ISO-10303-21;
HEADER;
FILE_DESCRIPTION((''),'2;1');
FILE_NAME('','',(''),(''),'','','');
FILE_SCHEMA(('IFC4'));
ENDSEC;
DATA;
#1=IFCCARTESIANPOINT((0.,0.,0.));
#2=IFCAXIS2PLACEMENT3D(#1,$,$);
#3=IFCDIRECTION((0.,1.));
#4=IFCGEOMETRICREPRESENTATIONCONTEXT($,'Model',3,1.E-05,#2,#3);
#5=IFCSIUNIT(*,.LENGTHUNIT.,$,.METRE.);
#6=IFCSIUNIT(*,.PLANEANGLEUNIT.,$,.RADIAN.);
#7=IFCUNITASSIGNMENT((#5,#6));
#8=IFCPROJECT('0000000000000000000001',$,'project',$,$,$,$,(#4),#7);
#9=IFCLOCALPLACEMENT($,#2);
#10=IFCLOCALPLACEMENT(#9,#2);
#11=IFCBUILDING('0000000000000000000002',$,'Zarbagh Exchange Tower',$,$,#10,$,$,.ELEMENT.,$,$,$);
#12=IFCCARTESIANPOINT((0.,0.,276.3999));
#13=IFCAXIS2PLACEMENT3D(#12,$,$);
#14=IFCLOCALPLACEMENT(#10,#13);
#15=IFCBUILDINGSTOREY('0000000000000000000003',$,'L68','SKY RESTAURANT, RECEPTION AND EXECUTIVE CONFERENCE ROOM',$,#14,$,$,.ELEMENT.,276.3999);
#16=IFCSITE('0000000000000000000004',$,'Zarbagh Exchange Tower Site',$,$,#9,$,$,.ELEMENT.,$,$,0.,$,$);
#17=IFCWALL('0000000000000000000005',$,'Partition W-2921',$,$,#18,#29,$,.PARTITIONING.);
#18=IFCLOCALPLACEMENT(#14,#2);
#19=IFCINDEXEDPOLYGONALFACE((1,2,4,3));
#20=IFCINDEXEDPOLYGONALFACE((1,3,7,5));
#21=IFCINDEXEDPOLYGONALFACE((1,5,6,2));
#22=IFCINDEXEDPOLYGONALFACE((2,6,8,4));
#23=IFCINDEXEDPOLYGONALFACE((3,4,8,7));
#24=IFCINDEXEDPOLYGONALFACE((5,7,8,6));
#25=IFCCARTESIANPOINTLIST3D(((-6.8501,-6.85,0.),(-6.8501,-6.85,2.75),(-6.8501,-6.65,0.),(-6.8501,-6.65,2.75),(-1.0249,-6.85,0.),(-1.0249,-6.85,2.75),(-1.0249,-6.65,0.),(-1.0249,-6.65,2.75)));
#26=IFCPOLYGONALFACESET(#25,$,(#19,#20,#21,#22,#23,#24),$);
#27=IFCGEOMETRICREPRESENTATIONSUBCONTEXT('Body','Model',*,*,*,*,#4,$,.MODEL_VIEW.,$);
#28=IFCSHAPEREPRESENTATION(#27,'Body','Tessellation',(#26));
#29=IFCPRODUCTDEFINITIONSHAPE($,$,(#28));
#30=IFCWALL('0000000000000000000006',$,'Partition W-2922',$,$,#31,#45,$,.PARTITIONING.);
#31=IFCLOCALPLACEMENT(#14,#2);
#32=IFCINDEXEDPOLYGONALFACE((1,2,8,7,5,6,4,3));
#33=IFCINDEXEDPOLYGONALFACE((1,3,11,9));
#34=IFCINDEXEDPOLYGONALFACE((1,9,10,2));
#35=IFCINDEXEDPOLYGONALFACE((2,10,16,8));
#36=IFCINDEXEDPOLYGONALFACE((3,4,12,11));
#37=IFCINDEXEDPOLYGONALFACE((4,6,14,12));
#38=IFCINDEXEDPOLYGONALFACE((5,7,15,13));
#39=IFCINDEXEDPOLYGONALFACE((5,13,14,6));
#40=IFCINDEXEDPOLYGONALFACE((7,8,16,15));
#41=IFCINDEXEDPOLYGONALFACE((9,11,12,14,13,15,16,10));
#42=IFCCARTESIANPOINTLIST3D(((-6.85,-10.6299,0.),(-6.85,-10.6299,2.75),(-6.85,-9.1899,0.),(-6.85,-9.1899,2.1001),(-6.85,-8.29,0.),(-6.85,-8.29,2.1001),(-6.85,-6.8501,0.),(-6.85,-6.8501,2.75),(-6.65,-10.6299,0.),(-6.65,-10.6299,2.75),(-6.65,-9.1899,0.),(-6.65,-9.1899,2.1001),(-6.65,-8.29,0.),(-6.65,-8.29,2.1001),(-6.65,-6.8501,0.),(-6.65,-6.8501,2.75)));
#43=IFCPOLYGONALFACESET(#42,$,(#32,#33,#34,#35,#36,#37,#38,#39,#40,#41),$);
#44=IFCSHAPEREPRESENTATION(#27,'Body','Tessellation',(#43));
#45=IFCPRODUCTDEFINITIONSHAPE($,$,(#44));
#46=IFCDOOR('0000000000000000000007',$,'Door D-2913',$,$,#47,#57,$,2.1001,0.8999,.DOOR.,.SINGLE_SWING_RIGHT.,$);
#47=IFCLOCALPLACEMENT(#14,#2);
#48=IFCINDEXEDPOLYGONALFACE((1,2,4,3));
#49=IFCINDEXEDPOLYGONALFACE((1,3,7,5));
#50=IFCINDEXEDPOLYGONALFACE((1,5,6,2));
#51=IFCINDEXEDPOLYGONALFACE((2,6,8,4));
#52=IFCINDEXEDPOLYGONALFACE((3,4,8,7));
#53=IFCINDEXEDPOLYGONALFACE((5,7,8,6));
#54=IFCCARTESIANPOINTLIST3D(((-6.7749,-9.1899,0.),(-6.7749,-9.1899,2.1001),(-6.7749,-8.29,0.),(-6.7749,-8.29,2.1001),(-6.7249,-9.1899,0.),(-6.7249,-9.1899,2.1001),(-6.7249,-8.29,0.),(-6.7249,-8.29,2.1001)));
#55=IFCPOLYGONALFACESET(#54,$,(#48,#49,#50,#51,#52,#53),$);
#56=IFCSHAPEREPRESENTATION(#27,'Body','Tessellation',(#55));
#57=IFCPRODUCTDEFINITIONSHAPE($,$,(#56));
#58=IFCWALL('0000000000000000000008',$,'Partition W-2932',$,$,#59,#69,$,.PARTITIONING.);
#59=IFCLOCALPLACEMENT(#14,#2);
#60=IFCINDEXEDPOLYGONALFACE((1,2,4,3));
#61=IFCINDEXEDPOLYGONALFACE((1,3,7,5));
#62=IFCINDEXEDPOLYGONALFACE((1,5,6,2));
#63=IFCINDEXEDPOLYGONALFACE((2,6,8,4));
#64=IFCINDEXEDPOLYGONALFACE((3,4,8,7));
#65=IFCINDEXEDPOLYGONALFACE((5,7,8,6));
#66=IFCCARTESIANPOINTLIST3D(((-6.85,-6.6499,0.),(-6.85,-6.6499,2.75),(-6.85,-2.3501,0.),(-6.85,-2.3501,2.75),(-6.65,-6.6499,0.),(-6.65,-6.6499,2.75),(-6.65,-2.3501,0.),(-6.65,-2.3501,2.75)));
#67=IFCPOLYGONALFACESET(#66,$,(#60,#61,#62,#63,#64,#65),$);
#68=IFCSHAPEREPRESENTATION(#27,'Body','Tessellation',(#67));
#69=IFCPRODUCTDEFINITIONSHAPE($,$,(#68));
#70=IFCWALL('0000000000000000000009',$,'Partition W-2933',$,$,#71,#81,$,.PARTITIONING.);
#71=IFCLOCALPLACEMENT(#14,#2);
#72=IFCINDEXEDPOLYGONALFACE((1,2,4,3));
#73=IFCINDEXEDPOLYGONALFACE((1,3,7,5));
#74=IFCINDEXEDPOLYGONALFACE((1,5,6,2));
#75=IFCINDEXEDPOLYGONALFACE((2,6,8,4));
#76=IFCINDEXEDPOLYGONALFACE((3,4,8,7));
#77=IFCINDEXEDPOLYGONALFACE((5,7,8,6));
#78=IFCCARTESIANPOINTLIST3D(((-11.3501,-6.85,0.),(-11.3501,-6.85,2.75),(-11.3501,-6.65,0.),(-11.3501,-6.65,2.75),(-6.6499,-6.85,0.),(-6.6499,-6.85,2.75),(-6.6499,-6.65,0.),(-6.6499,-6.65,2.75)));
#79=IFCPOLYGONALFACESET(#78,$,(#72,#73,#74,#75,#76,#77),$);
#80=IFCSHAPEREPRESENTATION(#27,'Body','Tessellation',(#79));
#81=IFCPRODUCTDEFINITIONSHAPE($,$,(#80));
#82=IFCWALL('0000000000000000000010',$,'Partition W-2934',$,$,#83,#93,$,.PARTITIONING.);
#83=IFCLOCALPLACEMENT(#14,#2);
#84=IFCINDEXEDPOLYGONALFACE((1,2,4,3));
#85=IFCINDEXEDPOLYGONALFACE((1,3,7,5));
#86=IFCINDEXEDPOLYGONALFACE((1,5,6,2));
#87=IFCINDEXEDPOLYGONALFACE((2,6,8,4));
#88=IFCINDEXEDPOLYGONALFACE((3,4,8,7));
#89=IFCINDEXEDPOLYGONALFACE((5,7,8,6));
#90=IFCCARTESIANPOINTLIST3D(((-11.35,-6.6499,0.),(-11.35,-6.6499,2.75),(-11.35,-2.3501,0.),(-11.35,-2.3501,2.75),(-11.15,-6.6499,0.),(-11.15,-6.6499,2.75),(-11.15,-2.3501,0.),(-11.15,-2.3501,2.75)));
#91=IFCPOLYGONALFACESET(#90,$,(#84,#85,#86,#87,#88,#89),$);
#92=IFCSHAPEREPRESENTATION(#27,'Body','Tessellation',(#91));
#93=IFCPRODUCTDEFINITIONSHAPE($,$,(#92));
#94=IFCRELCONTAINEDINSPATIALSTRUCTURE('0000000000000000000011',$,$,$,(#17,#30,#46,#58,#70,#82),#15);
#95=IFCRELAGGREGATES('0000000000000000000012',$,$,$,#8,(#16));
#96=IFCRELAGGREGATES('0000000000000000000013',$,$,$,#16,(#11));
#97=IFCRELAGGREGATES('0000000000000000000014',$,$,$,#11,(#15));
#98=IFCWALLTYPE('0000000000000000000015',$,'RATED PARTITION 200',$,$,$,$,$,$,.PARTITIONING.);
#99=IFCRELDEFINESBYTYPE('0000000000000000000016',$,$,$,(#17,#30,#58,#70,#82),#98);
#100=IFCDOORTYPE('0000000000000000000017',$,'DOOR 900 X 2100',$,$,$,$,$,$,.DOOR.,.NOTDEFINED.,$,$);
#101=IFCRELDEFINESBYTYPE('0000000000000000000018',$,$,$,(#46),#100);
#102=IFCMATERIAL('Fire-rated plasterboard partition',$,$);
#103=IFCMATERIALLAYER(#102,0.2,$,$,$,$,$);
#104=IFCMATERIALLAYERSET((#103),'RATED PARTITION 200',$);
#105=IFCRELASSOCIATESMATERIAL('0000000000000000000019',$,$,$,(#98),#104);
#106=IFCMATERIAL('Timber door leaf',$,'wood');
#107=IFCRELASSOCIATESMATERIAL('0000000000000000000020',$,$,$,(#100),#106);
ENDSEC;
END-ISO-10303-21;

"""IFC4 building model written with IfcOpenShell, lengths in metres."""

from ifc_helpers import new_model, si_unit, direction, frame, frame_2d, origin, place, context, subcontext, project, spatial, rectangle, extrude, material, layer, layer_set, type_object, element, fill, save


model = new_model("IFC4")

# Units and contexts
model_context = context("Model", 3, precision=1e-05, world=origin(), true_north=direction((0.0, 1.0)))
body_context = subcontext(model_context, "Body", "Model", "MODEL_VIEW")
ifc_project = project(units=[si_unit("LENGTHUNIT", "METRE"), si_unit("PLANEANGLEUNIT", "RADIAN")], contexts=[model_context])

# Site, building, storey
site_placement = place(None, origin())
site = spatial("IfcSite", under=ifc_project, at=site_placement, Name="Zarbagh Exchange Tower Site", CompositionType="ELEMENT", RefElevation=0.0)
building_placement = place(site_placement, origin())
building = spatial("IfcBuilding", under=site, at=building_placement, Name="Zarbagh Exchange Tower", CompositionType="ELEMENT")
storey_placement = place(building_placement, frame((0.0, 0.0, 276.3999)))
storey = spatial("IfcBuildingStorey", under=building, at=storey_placement, Name="L68", Description="SKY RESTAURANT, RECEPTION AND EXECUTIVE CONFERENCE ROOM", CompositionType="ELEMENT", Elevation=276.3999)

# Wall
ifc_material_1 = material(Name="Fire-rated plasterboard partition")
ifc_layer = layer(ifc_material_1, 0.2)
ifc_layer_set = layer_set([ifc_layer], Name="RATED PARTITION 200")
wall_type = type_object("IfcWallType", Name="RATED PARTITION 200", PredefinedType="PARTITIONING", material=ifc_layer_set)
wall_1_placement = place(storey_placement, frame((-6.8501, -6.75, 0.0), z_axis=(0.0, 0.0, 1.0), x_axis=(1.0, 0.0, 0.0)))
element("IfcWall", 1, at=wall_1_placement, inside=storey, type_object=wall_type, Name="Partition W-2921", PredefinedType="PARTITIONING", context=body_context, shape_type="SweptSolid", body=[
    extrude(rectangle(XDim=5.8252, YDim=0.2, at=frame_2d((2.9126, 0.0))), origin(), (0.0, 0.0, 1.0), 2.75),
])

# Wall, opening, door
wall_2_placement = place(storey_placement, frame((-6.75, -10.6299, 0.0), z_axis=(0.0, 0.0, 1.0), x_axis=(0.0, 1.0, 0.0)))
wall_2 = element("IfcWall", 2, at=wall_2_placement, inside=storey, type_object=wall_type, Name="Partition W-2922", PredefinedType="PARTITIONING", context=body_context, shape_type="SweptSolid", body=[
    extrude(rectangle(XDim=3.7798, YDim=0.2, at=frame_2d((1.8899, 0.0))), origin(), (0.0, 0.0, 1.0), 2.75),
])
opening_placement = place(wall_2_placement, frame((1.4399, 0.0, 0.0)))
opening = element("IfcOpeningElement", 3, at=opening_placement, cuts=wall_2, PredefinedType="OPENING", context=body_context, shape_type="SweptSolid", body=[
    extrude(rectangle(XDim=0.8999, YDim=2.1001, at=frame_2d((0.45, 1.05))), frame((0.0, 0.1099, 0.0), z_axis=(0.0, -1.0, 0.0), x_axis=(1.0, 0.0, 0.0)), (0.0, 0.0, 1.0), 0.22),
])
ifc_material_2 = material(Name="Timber door leaf", Category="wood")
door_type = type_object("IfcDoorType", Name="DOOR 900 X 2100", OperationType="NOTDEFINED", PredefinedType="DOOR", material=ifc_material_2)
door_placement = place(opening_placement, origin())
door = element("IfcDoor", 4, at=door_placement, inside=storey, type_object=door_type, Name="Door D-2913", OperationType="SINGLE_SWING_RIGHT", OverallHeight=2.1001, OverallWidth=0.8999, PredefinedType="DOOR", context=body_context, shape_type="SweptSolid", body=[
    extrude(rectangle(XDim=0.8999, YDim=2.1001, at=frame_2d((0.45, 1.05))), frame((0.0, 0.0249, 0.0), z_axis=(0.0, -1.0, 0.0), x_axis=(1.0, 0.0, 0.0)), (0.0, 0.0, 1.0), 0.05),
])
fill(opening, door)

# Walls
wall_3_placement = place(storey_placement, frame((-6.75, -6.6499, 0.0), z_axis=(0.0, 0.0, 1.0), x_axis=(0.0, 1.0, 0.0)))
element("IfcWall", 5, at=wall_3_placement, inside=storey, type_object=wall_type, Name="Partition W-2932", PredefinedType="PARTITIONING", context=body_context, shape_type="SweptSolid", body=[
    extrude(rectangle(XDim=4.2998, YDim=0.2, at=frame_2d((2.1499, 0.0))), origin(), (0.0, 0.0, 1.0), 2.75),
])
wall_4_placement = place(storey_placement, frame((-11.3501, -6.75, 0.0), z_axis=(0.0, 0.0, 1.0), x_axis=(1.0, 0.0, 0.0)))
element("IfcWall", 6, at=wall_4_placement, inside=storey, type_object=wall_type, Name="Partition W-2933", PredefinedType="PARTITIONING", context=body_context, shape_type="SweptSolid", body=[
    extrude(rectangle(XDim=4.7002, YDim=0.2, at=frame_2d((2.3501, 0.0))), origin(), (0.0, 0.0, 1.0), 2.75),
])
wall_5_placement = place(storey_placement, frame((-11.25, -6.6499, 0.0), z_axis=(0.0, 0.0, 1.0), x_axis=(0.0, 1.0, 0.0)))
element("IfcWall", 7, at=wall_5_placement, inside=storey, type_object=wall_type, Name="Partition W-2934", PredefinedType="PARTITIONING", context=body_context, shape_type="SweptSolid", body=[
    extrude(rectangle(XDim=4.2998, YDim=0.2, at=frame_2d((2.1499, 0.0))), origin(), (0.0, 0.0, 1.0), 2.75),
])

save(model, "model.ifc")
